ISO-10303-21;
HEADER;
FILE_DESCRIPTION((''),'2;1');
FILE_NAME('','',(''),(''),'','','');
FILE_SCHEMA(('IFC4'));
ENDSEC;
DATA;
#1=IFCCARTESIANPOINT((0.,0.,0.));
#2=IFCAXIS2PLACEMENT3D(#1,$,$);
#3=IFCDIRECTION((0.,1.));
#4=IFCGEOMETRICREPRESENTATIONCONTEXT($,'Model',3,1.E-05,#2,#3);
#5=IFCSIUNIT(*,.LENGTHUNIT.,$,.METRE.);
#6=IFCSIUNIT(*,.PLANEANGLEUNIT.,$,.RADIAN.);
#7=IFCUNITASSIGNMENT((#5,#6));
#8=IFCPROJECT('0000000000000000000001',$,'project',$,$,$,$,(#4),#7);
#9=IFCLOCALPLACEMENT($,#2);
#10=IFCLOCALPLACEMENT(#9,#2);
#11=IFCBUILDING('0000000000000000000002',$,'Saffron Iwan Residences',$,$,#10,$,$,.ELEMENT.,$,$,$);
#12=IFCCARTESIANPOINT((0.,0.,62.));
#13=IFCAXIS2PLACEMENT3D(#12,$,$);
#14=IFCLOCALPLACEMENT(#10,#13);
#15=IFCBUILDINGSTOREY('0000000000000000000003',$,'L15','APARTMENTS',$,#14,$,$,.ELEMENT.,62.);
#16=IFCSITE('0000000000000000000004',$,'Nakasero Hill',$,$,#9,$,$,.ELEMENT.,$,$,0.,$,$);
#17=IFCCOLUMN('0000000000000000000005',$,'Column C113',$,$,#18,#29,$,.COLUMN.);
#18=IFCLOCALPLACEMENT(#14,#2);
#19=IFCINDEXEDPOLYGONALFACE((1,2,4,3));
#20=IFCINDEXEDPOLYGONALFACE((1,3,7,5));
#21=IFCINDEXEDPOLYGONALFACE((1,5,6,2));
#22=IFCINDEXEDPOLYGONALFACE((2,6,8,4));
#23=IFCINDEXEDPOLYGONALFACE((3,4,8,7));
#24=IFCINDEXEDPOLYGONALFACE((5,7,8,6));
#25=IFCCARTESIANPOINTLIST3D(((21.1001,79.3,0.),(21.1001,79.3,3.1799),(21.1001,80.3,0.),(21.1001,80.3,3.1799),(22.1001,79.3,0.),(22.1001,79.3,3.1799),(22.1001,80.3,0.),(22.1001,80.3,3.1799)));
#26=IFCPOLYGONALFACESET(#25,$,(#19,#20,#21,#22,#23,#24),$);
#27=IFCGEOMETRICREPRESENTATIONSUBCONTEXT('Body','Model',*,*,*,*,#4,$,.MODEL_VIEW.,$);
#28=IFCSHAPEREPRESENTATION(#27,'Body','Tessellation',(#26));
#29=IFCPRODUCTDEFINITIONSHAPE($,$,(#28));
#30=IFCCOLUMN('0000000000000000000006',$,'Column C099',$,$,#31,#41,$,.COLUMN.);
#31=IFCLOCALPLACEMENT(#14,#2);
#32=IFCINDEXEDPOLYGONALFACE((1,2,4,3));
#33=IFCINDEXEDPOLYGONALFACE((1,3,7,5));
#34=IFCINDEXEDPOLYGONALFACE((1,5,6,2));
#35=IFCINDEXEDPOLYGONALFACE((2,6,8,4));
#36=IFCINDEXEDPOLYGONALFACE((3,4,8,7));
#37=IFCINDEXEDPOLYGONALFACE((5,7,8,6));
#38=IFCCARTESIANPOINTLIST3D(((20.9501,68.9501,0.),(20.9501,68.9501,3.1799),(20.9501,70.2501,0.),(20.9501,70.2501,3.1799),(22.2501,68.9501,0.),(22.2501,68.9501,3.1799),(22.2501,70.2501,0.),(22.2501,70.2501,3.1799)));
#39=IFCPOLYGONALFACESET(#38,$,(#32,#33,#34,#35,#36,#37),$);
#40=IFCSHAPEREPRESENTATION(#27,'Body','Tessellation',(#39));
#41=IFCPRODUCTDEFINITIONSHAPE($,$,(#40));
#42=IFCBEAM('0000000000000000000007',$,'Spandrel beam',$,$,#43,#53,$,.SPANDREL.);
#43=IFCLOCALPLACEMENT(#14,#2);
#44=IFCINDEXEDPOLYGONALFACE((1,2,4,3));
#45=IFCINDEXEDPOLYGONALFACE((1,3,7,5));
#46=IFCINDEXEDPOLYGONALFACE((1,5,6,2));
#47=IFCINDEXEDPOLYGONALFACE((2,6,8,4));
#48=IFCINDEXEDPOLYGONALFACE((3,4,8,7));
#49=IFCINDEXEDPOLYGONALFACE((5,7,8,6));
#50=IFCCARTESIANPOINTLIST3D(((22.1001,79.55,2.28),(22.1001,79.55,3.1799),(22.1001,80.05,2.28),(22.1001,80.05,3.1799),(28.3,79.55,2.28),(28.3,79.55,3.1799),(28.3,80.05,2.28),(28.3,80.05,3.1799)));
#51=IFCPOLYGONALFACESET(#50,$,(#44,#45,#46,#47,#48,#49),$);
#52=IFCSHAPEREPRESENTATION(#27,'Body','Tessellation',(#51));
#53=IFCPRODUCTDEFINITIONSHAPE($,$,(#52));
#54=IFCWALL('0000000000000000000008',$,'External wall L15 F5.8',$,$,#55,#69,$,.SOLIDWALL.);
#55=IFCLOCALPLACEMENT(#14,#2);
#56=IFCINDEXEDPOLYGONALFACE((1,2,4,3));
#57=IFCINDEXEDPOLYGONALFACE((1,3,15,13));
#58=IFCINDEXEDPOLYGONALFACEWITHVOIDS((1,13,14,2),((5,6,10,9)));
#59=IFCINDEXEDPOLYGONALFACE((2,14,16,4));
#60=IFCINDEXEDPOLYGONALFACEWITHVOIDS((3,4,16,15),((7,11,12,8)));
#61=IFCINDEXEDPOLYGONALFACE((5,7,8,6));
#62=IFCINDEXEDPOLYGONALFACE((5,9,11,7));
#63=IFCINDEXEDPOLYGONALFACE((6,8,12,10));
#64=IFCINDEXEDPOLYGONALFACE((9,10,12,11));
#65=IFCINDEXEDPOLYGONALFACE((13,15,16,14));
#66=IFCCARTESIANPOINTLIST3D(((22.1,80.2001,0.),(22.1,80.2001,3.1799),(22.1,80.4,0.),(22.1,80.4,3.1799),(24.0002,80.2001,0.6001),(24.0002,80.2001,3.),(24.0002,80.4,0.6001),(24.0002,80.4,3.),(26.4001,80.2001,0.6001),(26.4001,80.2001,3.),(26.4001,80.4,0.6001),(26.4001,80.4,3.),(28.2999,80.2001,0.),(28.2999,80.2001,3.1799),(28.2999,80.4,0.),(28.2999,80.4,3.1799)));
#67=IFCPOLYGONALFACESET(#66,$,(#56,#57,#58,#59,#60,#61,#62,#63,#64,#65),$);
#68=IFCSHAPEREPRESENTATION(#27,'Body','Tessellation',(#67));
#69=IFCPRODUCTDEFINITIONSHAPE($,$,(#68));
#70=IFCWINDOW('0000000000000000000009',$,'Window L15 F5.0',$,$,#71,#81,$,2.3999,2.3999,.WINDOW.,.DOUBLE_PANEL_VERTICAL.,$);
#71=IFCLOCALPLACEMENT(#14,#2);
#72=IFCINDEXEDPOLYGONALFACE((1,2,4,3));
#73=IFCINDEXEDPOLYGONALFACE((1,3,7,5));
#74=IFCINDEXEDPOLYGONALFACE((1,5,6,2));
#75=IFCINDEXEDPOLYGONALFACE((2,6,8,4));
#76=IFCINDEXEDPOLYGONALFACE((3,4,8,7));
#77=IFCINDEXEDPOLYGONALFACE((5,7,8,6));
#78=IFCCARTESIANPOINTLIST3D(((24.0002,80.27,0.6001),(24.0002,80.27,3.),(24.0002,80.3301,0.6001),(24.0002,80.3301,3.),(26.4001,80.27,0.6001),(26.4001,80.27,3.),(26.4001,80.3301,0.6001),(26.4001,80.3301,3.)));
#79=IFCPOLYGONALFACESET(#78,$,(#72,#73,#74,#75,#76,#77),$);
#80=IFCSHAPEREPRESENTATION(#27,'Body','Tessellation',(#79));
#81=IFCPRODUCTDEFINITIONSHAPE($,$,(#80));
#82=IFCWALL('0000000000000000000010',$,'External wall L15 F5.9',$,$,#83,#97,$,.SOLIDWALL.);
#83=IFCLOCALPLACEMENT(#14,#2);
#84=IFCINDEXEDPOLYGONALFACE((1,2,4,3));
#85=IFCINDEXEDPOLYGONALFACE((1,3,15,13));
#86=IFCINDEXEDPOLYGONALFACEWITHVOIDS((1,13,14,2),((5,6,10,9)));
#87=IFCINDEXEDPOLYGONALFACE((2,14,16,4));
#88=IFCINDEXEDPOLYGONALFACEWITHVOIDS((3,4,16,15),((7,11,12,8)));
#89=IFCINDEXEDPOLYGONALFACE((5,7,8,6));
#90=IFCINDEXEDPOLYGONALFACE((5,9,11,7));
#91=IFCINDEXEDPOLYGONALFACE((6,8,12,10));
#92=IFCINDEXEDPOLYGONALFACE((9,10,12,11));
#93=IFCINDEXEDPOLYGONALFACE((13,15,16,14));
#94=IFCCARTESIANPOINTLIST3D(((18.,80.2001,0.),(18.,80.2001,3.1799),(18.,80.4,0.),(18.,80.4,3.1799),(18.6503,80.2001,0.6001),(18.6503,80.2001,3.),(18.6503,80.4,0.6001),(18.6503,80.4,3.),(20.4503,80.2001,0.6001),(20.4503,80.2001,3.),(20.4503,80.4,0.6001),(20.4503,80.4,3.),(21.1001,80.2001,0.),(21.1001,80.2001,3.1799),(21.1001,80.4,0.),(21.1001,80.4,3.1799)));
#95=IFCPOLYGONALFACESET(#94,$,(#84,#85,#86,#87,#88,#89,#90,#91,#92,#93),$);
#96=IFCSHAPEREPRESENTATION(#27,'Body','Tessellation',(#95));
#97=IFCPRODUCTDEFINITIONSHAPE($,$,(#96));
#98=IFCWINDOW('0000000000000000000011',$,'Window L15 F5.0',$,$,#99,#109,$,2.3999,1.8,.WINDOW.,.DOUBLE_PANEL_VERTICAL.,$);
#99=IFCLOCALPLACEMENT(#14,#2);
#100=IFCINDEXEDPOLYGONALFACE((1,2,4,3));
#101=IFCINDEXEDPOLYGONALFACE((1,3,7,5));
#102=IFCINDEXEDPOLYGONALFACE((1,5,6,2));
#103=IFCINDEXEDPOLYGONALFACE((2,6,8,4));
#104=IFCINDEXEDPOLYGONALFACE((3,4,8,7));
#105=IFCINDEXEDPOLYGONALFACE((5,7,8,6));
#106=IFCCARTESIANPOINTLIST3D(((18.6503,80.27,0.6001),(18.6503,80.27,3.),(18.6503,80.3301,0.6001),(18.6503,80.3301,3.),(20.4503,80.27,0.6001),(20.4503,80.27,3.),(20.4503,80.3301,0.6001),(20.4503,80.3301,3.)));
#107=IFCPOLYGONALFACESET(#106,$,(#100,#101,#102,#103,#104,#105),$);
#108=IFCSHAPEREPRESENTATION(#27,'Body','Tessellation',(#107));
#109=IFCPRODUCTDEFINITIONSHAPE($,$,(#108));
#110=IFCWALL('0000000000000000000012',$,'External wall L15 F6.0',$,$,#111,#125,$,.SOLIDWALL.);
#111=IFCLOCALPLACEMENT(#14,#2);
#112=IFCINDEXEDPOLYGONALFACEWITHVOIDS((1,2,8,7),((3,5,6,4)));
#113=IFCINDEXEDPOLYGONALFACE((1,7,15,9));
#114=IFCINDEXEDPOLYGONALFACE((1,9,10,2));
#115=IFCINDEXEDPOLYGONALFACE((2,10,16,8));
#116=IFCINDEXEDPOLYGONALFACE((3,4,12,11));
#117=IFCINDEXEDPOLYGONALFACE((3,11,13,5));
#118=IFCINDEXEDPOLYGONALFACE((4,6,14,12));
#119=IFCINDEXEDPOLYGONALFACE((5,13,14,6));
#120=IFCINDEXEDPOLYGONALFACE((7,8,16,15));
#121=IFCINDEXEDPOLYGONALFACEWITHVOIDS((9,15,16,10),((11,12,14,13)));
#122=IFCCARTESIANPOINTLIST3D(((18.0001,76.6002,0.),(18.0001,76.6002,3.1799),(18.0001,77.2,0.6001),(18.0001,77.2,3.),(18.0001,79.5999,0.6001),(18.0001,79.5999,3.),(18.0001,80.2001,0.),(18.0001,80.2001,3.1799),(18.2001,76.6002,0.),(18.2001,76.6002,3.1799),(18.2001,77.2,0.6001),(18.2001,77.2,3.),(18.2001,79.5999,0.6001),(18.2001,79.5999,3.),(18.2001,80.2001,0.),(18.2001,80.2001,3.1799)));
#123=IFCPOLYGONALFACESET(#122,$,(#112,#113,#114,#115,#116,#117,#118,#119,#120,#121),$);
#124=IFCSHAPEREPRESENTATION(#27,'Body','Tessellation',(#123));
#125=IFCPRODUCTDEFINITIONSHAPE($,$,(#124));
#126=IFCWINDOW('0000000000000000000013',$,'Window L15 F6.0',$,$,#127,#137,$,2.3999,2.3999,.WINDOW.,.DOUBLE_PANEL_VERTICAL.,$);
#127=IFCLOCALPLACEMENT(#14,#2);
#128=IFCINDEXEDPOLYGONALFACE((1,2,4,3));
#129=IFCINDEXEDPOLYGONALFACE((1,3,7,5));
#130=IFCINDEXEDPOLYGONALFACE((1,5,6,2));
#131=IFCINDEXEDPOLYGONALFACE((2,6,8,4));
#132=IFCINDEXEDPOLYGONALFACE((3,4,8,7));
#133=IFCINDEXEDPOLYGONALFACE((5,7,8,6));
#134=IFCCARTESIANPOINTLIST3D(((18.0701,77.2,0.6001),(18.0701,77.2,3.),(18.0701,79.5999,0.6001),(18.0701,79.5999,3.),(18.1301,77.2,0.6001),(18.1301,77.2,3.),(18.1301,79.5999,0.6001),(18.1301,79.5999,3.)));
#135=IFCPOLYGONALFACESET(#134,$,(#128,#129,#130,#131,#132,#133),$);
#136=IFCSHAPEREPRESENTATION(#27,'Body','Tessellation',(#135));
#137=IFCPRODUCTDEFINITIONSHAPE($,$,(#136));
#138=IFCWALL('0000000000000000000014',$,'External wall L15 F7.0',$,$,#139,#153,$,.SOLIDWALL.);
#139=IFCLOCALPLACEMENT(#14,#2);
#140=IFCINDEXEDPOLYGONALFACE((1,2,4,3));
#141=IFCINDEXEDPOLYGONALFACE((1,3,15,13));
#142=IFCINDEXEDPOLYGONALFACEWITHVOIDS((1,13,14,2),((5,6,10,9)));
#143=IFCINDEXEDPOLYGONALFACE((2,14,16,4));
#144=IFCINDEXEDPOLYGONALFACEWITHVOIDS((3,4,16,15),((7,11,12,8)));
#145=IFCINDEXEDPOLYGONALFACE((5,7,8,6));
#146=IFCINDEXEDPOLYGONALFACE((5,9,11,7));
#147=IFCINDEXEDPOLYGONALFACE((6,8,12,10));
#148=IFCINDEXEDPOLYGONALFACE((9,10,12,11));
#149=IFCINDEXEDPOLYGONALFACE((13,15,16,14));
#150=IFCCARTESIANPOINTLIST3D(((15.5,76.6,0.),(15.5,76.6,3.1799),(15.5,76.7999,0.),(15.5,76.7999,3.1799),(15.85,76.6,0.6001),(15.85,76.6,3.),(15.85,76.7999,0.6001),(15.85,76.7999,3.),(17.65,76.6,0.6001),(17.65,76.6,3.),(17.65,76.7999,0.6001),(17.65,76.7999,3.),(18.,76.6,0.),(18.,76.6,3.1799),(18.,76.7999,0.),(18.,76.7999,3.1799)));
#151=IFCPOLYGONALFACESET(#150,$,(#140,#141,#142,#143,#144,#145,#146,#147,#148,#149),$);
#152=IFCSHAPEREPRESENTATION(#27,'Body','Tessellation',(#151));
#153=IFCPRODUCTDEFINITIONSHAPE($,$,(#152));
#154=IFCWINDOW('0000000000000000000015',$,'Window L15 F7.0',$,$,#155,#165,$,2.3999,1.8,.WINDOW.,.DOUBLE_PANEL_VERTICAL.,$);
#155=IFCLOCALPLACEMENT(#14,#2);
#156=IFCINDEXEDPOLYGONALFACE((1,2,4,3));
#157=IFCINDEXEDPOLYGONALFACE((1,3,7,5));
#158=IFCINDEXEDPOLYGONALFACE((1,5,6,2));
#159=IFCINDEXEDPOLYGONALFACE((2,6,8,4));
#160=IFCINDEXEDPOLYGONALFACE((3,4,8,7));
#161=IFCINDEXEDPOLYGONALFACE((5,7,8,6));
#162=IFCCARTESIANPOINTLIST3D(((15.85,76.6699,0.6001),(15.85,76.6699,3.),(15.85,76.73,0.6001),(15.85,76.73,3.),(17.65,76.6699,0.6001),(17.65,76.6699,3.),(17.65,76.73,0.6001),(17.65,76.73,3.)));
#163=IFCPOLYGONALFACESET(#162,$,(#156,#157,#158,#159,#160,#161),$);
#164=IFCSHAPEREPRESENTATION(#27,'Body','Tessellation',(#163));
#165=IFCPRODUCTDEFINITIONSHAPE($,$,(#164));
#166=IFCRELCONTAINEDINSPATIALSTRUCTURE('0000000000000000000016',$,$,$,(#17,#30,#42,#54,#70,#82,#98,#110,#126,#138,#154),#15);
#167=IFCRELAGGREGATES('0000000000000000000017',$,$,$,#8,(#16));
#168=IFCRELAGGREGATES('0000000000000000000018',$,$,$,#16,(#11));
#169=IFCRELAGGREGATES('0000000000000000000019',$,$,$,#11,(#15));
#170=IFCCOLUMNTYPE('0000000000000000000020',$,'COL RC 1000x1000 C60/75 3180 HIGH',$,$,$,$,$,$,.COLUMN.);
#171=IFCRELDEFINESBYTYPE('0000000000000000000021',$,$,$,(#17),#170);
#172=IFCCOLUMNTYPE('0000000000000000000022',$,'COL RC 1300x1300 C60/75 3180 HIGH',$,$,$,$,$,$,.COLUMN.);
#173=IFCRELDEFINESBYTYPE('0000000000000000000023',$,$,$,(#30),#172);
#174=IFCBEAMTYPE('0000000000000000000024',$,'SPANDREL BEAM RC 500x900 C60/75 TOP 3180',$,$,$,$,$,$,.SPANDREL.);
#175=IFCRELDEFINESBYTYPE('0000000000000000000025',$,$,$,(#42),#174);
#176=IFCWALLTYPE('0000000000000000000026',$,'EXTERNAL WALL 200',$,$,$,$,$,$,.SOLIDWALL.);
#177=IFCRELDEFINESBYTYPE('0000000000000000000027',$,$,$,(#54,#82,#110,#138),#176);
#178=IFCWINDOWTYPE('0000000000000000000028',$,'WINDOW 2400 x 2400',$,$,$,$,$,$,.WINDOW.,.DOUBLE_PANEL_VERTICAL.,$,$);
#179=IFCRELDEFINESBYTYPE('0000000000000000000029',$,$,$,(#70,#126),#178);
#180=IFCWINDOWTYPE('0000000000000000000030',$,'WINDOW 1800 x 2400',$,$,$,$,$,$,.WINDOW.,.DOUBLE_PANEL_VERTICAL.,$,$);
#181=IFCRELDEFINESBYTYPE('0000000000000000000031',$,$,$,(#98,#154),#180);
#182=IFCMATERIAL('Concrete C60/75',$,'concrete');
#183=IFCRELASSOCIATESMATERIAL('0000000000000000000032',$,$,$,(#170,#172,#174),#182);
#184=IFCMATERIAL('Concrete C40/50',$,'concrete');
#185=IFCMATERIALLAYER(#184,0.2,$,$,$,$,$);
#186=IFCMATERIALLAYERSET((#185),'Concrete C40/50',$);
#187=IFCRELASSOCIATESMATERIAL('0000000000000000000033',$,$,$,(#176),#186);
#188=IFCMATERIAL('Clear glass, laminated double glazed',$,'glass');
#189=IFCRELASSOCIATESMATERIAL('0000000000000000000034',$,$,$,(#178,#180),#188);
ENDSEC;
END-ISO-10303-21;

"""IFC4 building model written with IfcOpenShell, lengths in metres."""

from ifc_helpers import new_model, si_unit, direction, frame, frame_2d, origin, origin_2d, place, context, subcontext, project, spatial, rectangle, extrude, source, transform, mapped, material, layer, layer_set, material_profile, profile_set, type_object, element, fill, save


model = new_model("IFC4")

# Units and contexts
model_context = context("Model", 3, precision=1e-05, world=origin(), true_north=direction((0.0, 1.0)))
body_context = subcontext(model_context, "Body", "Model", "MODEL_VIEW")
ifc_project = project(units=[si_unit("LENGTHUNIT", "METRE"), si_unit("PLANEANGLEUNIT", "RADIAN")], contexts=[model_context])

# Site, building, storey
site_placement = place(None, origin())
site = spatial("IfcSite", under=ifc_project, at=site_placement, Name="Nakasero Hill", CompositionType="ELEMENT", RefElevation=0.0)
building_placement = place(site_placement, origin())
building = spatial("IfcBuilding", under=site, at=building_placement, Name="Saffron Iwan Residences", CompositionType="ELEMENT")
storey_placement = place(building_placement, frame((0.0, 0.0, 62.0)))
storey = spatial("IfcBuildingStorey", under=building, at=storey_placement, Name="L15", Description="APARTMENTS", CompositionType="ELEMENT", Elevation=62.0)

# Columns
ifc_material_1 = material(Name="Concrete C60/75", Category="concrete")
ifc_material_profile_1 = material_profile(ifc_material_1, rectangle(XDim=1.0, YDim=1.0, at=origin_2d()), Name="RC 1000x1000")
ifc_profile_set_1 = profile_set([ifc_material_profile_1], Name="Concrete C60/75")
column_type_1 = type_object("IfcColumnType", Name="COL RC 1000x1000 C60/75 3180 HIGH", PredefinedType="COLUMN", material=ifc_profile_set_1)
shared_shape_1 = source(origin(), body_context, "Body", "SweptSolid", [
    extrude(rectangle(XDim=1.0, YDim=1.0, at=origin_2d()), origin(), (0.0, 0.0, 1.0), 3.1799),
])
column_1_placement = place(storey_placement, frame((21.6001, 79.8, 0.0), z_axis=(0.0, 0.0, 1.0), x_axis=(1.0, 0.0, 0.0)))
element("IfcColumn", 1, at=column_1_placement, inside=storey, type_object=column_type_1, Name="Column C113", PredefinedType="COLUMN", context=body_context, shape_type="MappedRepresentation", body=[
    mapped(shared_shape_1, transform((0.0, 0.0, 0.0))),
])
ifc_material_profile_2 = material_profile(ifc_material_1, rectangle(XDim=1.3, YDim=1.3, at=origin_2d()), Name="RC 1300x1300")
ifc_profile_set_2 = profile_set([ifc_material_profile_2], Name="Concrete C60/75")
column_type_2 = type_object("IfcColumnType", Name="COL RC 1300x1300 C60/75 3180 HIGH", PredefinedType="COLUMN", material=ifc_profile_set_2)
shared_shape_2 = source(origin(), body_context, "Body", "SweptSolid", [
    extrude(rectangle(XDim=1.3, YDim=1.3, at=origin_2d()), origin(), (0.0, 0.0, 1.0), 3.1799),
])
column_2_placement = place(storey_placement, frame((21.6001, 69.6001, 0.0), z_axis=(0.0, 0.0, 1.0), x_axis=(1.0, 0.0, 0.0)))
element("IfcColumn", 2, at=column_2_placement, inside=storey, type_object=column_type_2, Name="Column C099", PredefinedType="COLUMN", context=body_context, shape_type="MappedRepresentation", body=[
    mapped(shared_shape_2, transform((0.0, 0.0, 0.0))),
])

# Beam
ifc_material_profile_3 = material_profile(ifc_material_1, rectangle(XDim=0.5, YDim=0.8999, at=origin_2d()), Name="RC 500x900")
ifc_profile_set_3 = profile_set([ifc_material_profile_3], Name="Concrete C60/75")
beam_type = type_object("IfcBeamType", Name="SPANDREL BEAM RC 500x900 C60/75 TOP 3180", PredefinedType="SPANDREL", material=ifc_profile_set_3)
shared_shape_3 = source(origin(), body_context, "Body", "SweptSolid", [
    extrude(rectangle(XDim=0.5, YDim=0.8999, at=origin_2d()), origin(), (0.0, 0.0, 1.0), 6.2),
])
beam_placement = place(storey_placement, frame((22.1001, 79.8, 2.73), z_axis=(1.0, 0.0, 0.0), x_axis=(0.0, 1.0, 0.0)))
element("IfcBeam", 3, at=beam_placement, inside=storey, type_object=beam_type, Name="Spandrel beam", PredefinedType="SPANDREL", context=body_context, shape_type="MappedRepresentation", body=[
    mapped(shared_shape_3, transform((0.0, 0.0, 0.0))),
])

# Walls, openings, windows
ifc_material_2 = material(Name="Concrete C40/50", Category="concrete")
ifc_layer_1 = layer(ifc_material_2, 0.2)
ifc_layer_set_1 = layer_set([ifc_layer_1], Name="Concrete C40/50")
wall_type_1 = type_object("IfcWallType", Name="EXTERNAL WALL 200", PredefinedType="SOLIDWALL", material=ifc_layer_set_1)
wall_1_placement = place(storey_placement, frame((28.3, 80.3, 0.0), z_axis=(0.0, 0.0, 1.0), x_axis=(-1.0, 0.0, 0.0)))
wall_1 = element("IfcWall", 4, at=wall_1_placement, inside=storey, type_object=wall_type_1, Name="External wall L15 F5.8", PredefinedType="SOLIDWALL", context=body_context, shape_type="SweptSolid", body=[
    extrude(rectangle(XDim=6.2, YDim=0.2, at=frame_2d((3.1001, 0.0))), origin(), (0.0, 0.0, 1.0), 3.1799),
])
opening_1_placement = place(wall_1_placement, frame((1.8999, 0.0, 0.6001)))
opening_1 = element("IfcOpeningElement", 5, at=opening_1_placement, cuts=wall_1, PredefinedType="OPENING", context=body_context, shape_type="SweptSolid", body=[
    extrude(rectangle(XDim=2.3999, YDim=2.3999, at=frame_2d((1.2, 1.2))), frame((0.0, 0.1099, 0.0), z_axis=(0.0, -1.0, 0.0), x_axis=(1.0, 0.0, 0.0)), (0.0, 0.0, 1.0), 0.22),
])
ifc_material_3 = material(Name="Clear glass, laminated double glazed", Category="glass")
window_type_1 = type_object("IfcWindowType", Name="WINDOW 2400 x 2400", PartitioningType="DOUBLE_PANEL_VERTICAL", PredefinedType="WINDOW", material=ifc_material_3)
window_1_placement = place(opening_1_placement, origin())
window_1 = element("IfcWindow", 6, at=window_1_placement, inside=storey, type_object=window_type_1, Name="Window L15 F5.0", OverallHeight=2.3999, OverallWidth=2.3999, PartitioningType="DOUBLE_PANEL_VERTICAL", PredefinedType="WINDOW", context=body_context, shape_type="SweptSolid", body=[
    extrude(rectangle(XDim=2.3999, YDim=2.3999, at=frame_2d((1.2, 1.2))), frame((0.0, 0.03, 0.0), z_axis=(0.0, -1.0, 0.0), x_axis=(1.0, 0.0, 0.0)), (0.0, 0.0, 1.0), 0.0601),
])
fill(opening_1, window_1)
wall_2_placement = place(storey_placement, frame((21.1001, 80.3, 0.0), z_axis=(0.0, 0.0, 1.0), x_axis=(-1.0, 0.0, 0.0)))
wall_2 = element("IfcWall", 7, at=wall_2_placement, inside=storey, type_object=wall_type_1, Name="External wall L15 F5.9", PredefinedType="SOLIDWALL", context=body_context, shape_type="SweptSolid", body=[
    extrude(rectangle(XDim=3.1001, YDim=0.2, at=frame_2d((1.55, 0.0))), origin(), (0.0, 0.0, 1.0), 3.1799),
])
opening_2_placement = place(wall_2_placement, frame((0.6499, 0.0, 0.6001)))
opening_2 = element("IfcOpeningElement", 8, at=opening_2_placement, cuts=wall_2, PredefinedType="OPENING", context=body_context, shape_type="SweptSolid", body=[
    extrude(rectangle(XDim=1.8, YDim=2.3999, at=frame_2d((0.8999, 1.2))), frame((0.0, 0.1099, 0.0), z_axis=(0.0, -1.0, 0.0), x_axis=(1.0, 0.0, 0.0)), (0.0, 0.0, 1.0), 0.22),
])
window_type_2 = type_object("IfcWindowType", Name="WINDOW 1800 x 2400", PartitioningType="DOUBLE_PANEL_VERTICAL", PredefinedType="WINDOW", material=ifc_material_3)
window_2_placement = place(opening_2_placement, origin())
window_2 = element("IfcWindow", 9, at=window_2_placement, inside=storey, type_object=window_type_2, Name="Window L15 F5.0", OverallHeight=2.3999, OverallWidth=1.8, PartitioningType="DOUBLE_PANEL_VERTICAL", PredefinedType="WINDOW", context=body_context, shape_type="SweptSolid", body=[
    extrude(rectangle(XDim=1.8, YDim=2.3999, at=frame_2d((0.8999, 1.2))), frame((0.0, 0.03, 0.0), z_axis=(0.0, -1.0, 0.0), x_axis=(1.0, 0.0, 0.0)), (0.0, 0.0, 1.0), 0.0601),
])
fill(opening_2, window_2)
wall_3_placement = place(storey_placement, frame((18.1001, 80.2, 0.0), z_axis=(0.0, 0.0, 1.0), x_axis=(0.0, -1.0, 0.0)))
wall_3 = element("IfcWall", 10, at=wall_3_placement, inside=storey, type_object=wall_type_1, Name="External wall L15 F6.0", PredefinedType="SOLIDWALL", context=body_context, shape_type="SweptSolid", body=[
    extrude(rectangle(XDim=3.5999, YDim=0.2, at=frame_2d((1.7998, 0.0))), origin(), (0.0, 0.0, 1.0), 3.1799),
])
opening_3_placement = place(wall_3_placement, frame((0.6001, 0.0, 0.6001)))
opening_3 = element("IfcOpeningElement", 11, at=opening_3_placement, cuts=wall_3, PredefinedType="OPENING", context=body_context, shape_type="SweptSolid", body=[
    extrude(rectangle(XDim=2.3999, YDim=2.3999, at=frame_2d((1.2, 1.2))), frame((0.0, 0.1099, 0.0), z_axis=(0.0, -1.0, 0.0), x_axis=(1.0, 0.0, 0.0)), (0.0, 0.0, 1.0), 0.22),
])
window_3_placement = place(opening_3_placement, origin())
window_3 = element("IfcWindow", 12, at=window_3_placement, inside=storey, type_object=window_type_1, Name="Window L15 F6.0", OverallHeight=2.3999, OverallWidth=2.3999, PartitioningType="DOUBLE_PANEL_VERTICAL", PredefinedType="WINDOW", context=body_context, shape_type="SweptSolid", body=[
    extrude(rectangle(XDim=2.3999, YDim=2.3999, at=frame_2d((1.2, 1.2))), frame((0.0, 0.03, 0.0), z_axis=(0.0, -1.0, 0.0), x_axis=(1.0, 0.0, 0.0)), (0.0, 0.0, 1.0), 0.0601),
])
fill(opening_3, window_3)
wall_4_placement = place(storey_placement, frame((18.0, 76.7, 0.0), z_axis=(0.0, 0.0, 1.0), x_axis=(-1.0, 0.0, 0.0)))
wall_4 = element("IfcWall", 13, at=wall_4_placement, inside=storey, type_object=wall_type_1, Name="External wall L15 F7.0", PredefinedType="SOLIDWALL", context=body_context, shape_type="SweptSolid", body=[
    extrude(rectangle(XDim=2.5, YDim=0.2, at=frame_2d((1.25, 0.0))), origin(), (0.0, 0.0, 1.0), 3.1799),
])
opening_4_placement = place(wall_4_placement, frame((0.3501, 0.0, 0.6001)))
opening_4 = element("IfcOpeningElement", 14, at=opening_4_placement, cuts=wall_4, PredefinedType="OPENING", context=body_context, shape_type="SweptSolid", body=[
    extrude(rectangle(XDim=1.8, YDim=2.3999, at=frame_2d((0.8999, 1.2))), frame((0.0, 0.1099, 0.0), z_axis=(0.0, -1.0, 0.0), x_axis=(1.0, 0.0, 0.0)), (0.0, 0.0, 1.0), 0.22),
])
window_4_placement = place(opening_4_placement, origin())
window_4 = element("IfcWindow", 15, at=window_4_placement, inside=storey, type_object=window_type_2, Name="Window L15 F7.0", OverallHeight=2.3999, OverallWidth=1.8, PartitioningType="DOUBLE_PANEL_VERTICAL", PredefinedType="WINDOW", context=body_context, shape_type="SweptSolid", body=[
    extrude(rectangle(XDim=1.8, YDim=2.3999, at=frame_2d((0.8999, 1.2))), frame((0.0, 0.03, 0.0), z_axis=(0.0, -1.0, 0.0), x_axis=(1.0, 0.0, 0.0)), (0.0, 0.0, 1.0), 0.0601),
])
fill(opening_4, window_4)

save(model, "model.ifc")
